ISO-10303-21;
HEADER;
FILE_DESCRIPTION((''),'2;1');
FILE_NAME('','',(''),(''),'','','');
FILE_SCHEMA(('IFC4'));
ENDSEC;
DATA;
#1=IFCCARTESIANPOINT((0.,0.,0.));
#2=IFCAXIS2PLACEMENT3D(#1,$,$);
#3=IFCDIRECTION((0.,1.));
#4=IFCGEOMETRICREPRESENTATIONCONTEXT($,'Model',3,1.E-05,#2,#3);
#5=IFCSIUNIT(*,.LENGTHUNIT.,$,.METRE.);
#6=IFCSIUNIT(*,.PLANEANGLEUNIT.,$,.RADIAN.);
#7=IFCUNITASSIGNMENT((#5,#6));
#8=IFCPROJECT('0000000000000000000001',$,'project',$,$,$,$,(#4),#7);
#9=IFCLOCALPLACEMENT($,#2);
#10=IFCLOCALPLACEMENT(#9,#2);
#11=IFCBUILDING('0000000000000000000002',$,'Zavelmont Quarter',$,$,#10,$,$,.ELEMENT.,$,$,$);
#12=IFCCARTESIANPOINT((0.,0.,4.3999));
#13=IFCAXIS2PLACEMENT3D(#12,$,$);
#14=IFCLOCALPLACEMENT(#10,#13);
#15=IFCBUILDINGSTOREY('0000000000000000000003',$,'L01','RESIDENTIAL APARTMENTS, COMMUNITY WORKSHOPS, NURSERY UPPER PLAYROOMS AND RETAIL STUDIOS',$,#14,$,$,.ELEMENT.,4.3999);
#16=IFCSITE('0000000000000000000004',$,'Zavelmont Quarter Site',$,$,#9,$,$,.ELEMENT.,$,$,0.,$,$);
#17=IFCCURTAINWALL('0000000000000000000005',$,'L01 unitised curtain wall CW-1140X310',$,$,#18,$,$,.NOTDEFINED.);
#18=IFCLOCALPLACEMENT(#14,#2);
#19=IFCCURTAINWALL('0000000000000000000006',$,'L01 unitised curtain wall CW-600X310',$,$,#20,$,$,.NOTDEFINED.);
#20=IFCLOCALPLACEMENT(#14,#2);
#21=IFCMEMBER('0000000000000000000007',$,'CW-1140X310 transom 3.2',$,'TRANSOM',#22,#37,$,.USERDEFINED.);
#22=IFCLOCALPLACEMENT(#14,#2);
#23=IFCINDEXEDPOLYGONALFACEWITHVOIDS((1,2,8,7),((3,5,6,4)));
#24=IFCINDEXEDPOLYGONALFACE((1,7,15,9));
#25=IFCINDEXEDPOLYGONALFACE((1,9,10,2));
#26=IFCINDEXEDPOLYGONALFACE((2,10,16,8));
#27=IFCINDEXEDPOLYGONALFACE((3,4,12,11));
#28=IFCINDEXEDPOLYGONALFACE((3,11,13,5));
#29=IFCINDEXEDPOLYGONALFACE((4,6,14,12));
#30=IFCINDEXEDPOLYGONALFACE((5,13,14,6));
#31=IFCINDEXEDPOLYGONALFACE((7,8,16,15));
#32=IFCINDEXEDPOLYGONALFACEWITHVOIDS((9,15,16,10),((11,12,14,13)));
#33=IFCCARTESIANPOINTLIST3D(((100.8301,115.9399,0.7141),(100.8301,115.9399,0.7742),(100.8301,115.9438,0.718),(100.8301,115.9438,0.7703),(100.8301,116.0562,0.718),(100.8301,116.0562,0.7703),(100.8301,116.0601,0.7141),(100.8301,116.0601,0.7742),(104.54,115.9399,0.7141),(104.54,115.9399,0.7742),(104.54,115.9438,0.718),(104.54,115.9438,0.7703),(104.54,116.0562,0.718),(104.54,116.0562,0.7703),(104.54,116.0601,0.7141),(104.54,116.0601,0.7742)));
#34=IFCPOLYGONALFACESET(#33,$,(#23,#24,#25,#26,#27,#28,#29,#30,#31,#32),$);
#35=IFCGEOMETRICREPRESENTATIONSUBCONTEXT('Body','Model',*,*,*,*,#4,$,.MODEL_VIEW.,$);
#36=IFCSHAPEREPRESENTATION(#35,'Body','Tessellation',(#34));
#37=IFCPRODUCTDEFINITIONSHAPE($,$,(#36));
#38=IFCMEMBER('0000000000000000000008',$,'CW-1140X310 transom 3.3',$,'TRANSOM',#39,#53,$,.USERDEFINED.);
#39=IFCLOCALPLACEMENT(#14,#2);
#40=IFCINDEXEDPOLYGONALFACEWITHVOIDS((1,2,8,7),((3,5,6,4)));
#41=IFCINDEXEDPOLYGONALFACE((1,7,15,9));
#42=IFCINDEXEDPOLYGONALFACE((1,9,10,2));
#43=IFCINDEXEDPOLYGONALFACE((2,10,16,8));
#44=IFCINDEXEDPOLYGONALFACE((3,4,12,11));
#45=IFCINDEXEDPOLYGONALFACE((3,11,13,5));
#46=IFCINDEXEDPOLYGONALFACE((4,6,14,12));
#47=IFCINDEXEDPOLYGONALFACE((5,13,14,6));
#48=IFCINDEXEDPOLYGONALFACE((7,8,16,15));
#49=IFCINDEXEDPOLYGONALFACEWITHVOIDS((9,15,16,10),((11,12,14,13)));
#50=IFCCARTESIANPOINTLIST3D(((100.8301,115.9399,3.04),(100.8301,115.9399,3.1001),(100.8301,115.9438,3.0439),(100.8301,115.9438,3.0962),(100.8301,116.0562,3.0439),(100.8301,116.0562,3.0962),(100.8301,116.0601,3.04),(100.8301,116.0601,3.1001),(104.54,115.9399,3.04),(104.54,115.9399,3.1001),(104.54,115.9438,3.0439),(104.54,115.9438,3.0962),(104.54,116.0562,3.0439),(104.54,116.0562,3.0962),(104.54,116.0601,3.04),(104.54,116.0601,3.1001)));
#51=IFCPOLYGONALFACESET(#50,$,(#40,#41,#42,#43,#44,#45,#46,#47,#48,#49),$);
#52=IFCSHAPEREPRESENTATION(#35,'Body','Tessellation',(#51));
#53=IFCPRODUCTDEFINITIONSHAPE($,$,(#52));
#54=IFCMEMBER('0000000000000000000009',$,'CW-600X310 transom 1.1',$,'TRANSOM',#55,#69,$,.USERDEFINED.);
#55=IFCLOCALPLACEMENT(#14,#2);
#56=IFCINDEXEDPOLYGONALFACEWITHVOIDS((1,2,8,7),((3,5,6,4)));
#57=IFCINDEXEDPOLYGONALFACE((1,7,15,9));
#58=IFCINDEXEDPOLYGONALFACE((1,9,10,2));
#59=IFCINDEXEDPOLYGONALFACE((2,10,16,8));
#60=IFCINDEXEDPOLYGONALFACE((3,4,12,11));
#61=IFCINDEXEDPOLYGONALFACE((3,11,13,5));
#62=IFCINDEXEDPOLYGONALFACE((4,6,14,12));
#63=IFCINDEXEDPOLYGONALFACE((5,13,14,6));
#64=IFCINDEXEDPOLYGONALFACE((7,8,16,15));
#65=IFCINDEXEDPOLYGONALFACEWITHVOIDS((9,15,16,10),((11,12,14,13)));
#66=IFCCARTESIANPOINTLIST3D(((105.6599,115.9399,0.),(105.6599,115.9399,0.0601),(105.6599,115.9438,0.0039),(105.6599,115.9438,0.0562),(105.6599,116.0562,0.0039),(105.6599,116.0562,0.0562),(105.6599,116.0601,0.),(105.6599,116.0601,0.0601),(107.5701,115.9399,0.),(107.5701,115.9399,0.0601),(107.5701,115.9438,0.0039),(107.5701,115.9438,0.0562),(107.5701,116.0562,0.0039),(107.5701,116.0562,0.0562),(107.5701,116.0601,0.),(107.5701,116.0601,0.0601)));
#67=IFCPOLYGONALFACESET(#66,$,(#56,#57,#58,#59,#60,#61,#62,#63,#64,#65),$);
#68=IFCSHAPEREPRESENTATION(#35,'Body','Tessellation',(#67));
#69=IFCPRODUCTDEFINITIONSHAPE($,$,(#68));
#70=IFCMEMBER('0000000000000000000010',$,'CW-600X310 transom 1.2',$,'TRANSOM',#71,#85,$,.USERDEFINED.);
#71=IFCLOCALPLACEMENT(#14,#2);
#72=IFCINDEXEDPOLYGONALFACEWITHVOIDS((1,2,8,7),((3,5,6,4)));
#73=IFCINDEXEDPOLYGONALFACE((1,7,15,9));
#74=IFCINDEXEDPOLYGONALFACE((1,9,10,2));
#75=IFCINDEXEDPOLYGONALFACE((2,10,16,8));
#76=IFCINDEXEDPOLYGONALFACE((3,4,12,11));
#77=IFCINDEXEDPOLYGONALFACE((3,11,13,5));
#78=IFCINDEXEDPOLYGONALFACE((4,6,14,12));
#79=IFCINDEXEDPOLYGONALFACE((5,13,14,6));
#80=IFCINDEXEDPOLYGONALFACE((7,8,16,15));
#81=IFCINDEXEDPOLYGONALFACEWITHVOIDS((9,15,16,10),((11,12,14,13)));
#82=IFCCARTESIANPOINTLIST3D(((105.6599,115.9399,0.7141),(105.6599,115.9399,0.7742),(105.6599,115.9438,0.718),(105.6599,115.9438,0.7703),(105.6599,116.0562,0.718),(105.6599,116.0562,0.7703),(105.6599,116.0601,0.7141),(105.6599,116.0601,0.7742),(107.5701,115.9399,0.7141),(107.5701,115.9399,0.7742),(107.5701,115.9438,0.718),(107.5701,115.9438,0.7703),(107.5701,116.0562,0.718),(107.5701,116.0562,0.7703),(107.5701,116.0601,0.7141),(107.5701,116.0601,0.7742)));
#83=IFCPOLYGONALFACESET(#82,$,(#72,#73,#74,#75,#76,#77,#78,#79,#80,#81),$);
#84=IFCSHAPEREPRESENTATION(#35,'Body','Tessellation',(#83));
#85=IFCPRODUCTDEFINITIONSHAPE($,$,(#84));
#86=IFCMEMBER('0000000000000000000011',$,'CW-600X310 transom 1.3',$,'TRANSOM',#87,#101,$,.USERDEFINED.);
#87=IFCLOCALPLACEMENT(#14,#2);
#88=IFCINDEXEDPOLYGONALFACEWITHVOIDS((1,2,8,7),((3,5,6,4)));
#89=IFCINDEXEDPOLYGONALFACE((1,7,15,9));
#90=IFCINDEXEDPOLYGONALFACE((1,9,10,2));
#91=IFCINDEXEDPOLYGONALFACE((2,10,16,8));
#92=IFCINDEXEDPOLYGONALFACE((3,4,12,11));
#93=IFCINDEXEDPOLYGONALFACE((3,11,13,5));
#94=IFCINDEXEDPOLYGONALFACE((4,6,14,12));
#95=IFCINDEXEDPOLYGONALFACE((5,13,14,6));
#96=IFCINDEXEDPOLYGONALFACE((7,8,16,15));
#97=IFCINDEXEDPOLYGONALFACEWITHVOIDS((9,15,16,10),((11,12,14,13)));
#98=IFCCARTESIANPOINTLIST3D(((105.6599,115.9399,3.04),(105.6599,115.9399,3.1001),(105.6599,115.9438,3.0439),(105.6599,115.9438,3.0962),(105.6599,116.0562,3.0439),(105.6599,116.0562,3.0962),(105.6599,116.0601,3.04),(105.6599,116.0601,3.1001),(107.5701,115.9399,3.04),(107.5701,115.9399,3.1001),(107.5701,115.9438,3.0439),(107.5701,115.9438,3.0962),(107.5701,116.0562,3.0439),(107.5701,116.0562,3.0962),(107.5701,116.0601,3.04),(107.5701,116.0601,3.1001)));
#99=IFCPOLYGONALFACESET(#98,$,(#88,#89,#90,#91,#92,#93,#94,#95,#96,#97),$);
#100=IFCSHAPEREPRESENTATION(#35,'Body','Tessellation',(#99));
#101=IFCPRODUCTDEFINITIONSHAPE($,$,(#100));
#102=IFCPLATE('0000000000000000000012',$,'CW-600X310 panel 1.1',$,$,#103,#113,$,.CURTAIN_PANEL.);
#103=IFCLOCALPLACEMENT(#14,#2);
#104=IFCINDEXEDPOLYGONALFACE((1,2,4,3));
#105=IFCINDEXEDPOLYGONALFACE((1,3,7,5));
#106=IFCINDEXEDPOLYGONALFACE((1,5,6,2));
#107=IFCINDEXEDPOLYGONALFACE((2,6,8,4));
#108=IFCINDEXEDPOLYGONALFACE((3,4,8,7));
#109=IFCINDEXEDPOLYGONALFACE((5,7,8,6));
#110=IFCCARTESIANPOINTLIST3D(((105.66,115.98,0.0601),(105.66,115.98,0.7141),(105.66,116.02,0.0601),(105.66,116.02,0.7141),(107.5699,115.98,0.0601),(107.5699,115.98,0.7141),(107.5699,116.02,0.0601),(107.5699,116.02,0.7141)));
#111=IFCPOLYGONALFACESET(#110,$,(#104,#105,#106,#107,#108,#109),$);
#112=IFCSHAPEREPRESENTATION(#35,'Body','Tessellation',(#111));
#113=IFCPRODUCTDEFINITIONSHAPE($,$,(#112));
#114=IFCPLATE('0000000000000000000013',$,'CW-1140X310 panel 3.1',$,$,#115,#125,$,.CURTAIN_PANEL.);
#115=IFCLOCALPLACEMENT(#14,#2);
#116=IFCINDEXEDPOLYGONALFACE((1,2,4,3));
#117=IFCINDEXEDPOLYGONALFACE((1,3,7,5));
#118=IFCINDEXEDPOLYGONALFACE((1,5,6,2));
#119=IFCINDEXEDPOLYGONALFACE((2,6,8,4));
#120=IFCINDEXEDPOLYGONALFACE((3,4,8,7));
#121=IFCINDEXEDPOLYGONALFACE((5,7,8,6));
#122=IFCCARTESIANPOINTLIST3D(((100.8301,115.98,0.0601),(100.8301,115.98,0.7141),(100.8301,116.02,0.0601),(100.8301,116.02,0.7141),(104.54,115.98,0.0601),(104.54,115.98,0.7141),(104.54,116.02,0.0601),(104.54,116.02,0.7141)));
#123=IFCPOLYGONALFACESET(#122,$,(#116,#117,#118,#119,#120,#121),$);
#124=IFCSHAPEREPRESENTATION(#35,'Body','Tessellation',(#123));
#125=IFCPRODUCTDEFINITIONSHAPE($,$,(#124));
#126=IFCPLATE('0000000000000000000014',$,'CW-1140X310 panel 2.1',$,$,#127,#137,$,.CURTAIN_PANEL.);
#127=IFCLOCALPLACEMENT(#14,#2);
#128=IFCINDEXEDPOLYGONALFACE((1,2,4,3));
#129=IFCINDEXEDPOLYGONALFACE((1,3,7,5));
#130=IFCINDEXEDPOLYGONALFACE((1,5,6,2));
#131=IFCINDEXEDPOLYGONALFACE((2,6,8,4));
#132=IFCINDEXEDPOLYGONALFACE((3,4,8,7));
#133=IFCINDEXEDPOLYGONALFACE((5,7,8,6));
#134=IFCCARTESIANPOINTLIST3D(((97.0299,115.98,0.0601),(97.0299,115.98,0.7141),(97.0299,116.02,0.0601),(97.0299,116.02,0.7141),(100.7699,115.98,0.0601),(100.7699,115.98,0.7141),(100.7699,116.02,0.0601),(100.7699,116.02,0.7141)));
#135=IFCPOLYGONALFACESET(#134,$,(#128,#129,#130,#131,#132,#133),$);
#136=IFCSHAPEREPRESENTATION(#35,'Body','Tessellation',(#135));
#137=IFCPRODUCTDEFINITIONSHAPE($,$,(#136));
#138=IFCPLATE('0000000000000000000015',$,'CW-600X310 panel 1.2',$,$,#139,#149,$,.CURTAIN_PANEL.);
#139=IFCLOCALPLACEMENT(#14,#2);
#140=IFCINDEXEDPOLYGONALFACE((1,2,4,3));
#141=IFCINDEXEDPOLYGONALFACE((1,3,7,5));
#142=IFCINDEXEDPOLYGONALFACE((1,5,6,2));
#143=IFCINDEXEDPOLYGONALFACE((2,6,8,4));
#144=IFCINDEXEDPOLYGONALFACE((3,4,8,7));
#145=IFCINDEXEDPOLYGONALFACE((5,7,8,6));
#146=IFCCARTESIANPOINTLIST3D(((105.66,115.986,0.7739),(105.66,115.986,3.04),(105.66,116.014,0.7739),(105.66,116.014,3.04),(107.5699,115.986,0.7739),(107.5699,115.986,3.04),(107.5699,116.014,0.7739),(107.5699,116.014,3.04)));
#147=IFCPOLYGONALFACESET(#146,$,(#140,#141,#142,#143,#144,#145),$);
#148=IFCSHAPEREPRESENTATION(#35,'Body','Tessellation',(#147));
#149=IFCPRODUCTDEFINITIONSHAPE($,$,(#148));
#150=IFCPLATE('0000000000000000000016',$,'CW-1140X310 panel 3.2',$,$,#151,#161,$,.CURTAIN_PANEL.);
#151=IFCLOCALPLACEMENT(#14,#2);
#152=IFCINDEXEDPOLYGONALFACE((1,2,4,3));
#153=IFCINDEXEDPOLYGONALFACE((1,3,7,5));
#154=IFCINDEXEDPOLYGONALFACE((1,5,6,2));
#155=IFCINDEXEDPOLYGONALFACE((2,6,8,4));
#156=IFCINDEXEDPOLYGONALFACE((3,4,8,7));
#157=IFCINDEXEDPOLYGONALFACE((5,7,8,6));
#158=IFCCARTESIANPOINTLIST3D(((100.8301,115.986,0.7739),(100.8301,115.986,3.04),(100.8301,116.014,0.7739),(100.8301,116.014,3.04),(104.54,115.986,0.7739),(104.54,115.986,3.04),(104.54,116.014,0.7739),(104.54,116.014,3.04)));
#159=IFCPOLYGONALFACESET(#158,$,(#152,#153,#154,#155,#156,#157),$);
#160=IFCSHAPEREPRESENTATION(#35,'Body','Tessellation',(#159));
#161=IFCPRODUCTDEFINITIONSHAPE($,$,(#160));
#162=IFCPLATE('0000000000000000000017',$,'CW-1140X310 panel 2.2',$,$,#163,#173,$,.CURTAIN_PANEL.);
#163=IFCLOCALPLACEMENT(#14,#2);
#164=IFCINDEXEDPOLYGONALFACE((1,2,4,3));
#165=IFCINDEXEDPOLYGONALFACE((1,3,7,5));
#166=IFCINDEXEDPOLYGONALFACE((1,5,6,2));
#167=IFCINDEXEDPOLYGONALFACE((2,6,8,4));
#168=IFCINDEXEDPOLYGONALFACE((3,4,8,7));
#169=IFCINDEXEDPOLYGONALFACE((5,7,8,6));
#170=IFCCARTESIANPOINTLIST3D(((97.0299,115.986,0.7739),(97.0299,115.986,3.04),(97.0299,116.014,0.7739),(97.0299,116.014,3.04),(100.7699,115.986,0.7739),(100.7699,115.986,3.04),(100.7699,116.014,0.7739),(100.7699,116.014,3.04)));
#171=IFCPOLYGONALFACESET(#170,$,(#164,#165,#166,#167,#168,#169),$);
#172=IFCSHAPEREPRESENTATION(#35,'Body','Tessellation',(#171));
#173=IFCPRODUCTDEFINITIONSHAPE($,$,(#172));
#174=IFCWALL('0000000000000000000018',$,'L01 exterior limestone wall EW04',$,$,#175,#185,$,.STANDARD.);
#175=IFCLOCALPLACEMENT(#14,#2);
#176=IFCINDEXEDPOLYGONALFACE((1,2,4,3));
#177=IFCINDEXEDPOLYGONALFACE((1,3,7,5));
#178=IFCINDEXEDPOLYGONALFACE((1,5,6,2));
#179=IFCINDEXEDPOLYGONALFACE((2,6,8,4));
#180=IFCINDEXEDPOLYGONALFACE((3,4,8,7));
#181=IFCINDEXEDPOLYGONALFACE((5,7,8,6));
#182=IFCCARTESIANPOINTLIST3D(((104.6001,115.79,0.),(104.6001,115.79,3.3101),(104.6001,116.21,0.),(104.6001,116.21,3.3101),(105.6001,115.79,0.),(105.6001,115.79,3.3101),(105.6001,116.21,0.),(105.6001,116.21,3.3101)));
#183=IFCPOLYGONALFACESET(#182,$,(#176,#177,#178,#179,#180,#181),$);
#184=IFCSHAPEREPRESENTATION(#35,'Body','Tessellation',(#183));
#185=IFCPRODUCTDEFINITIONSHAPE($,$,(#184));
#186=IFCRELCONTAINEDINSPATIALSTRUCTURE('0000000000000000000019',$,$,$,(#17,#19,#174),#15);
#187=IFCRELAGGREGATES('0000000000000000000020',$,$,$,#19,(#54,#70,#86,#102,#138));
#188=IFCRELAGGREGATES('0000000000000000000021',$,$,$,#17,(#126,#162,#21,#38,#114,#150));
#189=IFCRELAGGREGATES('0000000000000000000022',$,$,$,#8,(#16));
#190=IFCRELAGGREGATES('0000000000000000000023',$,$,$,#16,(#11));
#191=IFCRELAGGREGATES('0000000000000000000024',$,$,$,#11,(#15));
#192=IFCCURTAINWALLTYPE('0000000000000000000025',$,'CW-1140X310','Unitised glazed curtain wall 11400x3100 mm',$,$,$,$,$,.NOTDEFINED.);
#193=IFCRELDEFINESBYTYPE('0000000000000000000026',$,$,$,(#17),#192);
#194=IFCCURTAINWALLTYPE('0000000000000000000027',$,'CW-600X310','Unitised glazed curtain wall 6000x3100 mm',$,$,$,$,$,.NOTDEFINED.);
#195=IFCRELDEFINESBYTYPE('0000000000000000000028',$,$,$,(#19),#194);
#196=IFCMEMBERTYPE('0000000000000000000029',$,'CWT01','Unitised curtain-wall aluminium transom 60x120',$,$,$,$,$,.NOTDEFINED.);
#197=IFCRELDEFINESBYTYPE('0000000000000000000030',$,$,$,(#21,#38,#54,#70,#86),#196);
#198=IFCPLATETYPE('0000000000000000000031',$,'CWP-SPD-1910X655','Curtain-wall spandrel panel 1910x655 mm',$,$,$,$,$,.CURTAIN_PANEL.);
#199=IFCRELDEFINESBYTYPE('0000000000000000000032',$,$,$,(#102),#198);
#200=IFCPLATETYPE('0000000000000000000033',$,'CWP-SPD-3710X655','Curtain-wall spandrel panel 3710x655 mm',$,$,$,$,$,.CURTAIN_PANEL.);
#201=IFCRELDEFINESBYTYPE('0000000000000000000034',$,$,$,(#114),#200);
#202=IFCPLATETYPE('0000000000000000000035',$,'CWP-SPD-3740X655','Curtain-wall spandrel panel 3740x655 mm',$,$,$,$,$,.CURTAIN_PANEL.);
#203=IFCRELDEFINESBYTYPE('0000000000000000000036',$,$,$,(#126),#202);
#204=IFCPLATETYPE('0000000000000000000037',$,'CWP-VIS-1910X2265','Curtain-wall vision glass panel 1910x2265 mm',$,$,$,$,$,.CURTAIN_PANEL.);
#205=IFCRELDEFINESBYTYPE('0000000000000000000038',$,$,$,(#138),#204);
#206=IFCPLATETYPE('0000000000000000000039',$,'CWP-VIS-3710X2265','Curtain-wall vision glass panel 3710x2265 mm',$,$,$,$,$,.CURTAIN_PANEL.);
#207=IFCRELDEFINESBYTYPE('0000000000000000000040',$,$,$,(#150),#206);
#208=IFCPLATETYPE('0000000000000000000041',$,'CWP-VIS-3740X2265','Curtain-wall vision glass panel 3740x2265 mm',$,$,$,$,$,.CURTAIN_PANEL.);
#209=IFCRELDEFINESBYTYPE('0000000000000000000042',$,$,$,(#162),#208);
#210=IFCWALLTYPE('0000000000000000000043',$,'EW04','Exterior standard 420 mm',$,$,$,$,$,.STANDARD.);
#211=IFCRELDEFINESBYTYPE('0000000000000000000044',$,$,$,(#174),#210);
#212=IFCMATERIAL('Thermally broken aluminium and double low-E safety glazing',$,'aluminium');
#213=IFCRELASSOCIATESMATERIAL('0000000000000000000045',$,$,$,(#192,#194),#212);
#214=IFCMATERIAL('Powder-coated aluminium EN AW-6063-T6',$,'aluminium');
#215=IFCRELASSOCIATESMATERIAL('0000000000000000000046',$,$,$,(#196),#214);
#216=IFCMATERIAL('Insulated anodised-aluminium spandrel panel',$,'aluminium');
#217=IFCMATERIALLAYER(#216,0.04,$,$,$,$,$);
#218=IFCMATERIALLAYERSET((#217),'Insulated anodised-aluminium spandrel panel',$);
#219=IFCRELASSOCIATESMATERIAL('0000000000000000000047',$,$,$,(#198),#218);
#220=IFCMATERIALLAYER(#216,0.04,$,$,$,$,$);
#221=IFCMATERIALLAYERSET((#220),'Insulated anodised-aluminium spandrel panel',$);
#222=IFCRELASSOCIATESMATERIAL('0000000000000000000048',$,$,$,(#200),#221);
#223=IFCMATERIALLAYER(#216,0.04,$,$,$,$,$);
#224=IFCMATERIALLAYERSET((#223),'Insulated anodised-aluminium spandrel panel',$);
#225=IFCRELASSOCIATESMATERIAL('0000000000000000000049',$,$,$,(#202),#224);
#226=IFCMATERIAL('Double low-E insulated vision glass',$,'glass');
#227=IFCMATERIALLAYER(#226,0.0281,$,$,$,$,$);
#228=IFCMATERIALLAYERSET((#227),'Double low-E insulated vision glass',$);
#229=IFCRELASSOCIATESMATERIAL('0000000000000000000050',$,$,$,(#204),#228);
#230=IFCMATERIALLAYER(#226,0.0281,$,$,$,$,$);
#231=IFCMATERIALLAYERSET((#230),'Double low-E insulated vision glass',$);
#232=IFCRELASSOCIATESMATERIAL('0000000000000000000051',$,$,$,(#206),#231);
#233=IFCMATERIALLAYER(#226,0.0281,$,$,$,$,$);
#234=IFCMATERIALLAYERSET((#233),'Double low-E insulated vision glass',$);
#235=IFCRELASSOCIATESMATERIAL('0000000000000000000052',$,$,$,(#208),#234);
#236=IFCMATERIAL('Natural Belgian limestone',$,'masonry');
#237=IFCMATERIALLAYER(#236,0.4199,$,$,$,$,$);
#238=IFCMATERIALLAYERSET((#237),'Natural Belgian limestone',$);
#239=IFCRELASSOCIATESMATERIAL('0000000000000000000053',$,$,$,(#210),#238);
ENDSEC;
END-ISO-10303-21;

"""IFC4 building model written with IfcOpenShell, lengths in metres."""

from ifc_helpers import new_model, si_unit, direction, frame, frame_2d, origin, origin_2d, place, context, subcontext, project, spatial, rectangle, hollow_rectangle, extrude, material, layer, layer_set, material_profile, profile_set, type_object, element, aggregate, save


model = new_model("IFC4")

# Units and contexts
model_context = context("Model", 3, precision=1e-05, world=origin(), true_north=direction((0.0, 1.0)))
body_context = subcontext(model_context, "Body", "Model", "MODEL_VIEW")
ifc_project = project(units=[si_unit("LENGTHUNIT", "METRE"), si_unit("PLANEANGLEUNIT", "RADIAN")], contexts=[model_context])

# Site, building, storey
site_placement = place(None, origin())
site = spatial("IfcSite", under=ifc_project, at=site_placement, Name="Zavelmont Quarter Site", CompositionType="ELEMENT", RefElevation=0.0)
building_placement = place(site_placement, origin())
building = spatial("IfcBuilding", under=site, at=building_placement, Name="Zavelmont Quarter", CompositionType="ELEMENT")
storey_placement = place(building_placement, frame((0.0, 0.0, 4.3999)))
storey = spatial("IfcBuildingStorey", under=building, at=storey_placement, Name="L01", Description="RESIDENTIAL APARTMENTS, COMMUNITY WORKSHOPS, NURSERY UPPER PLAYROOMS AND RETAIL STUDIOS", CompositionType="ELEMENT", Elevation=4.3999)

# Curtain wall
ifc_material_1 = material(Name="Thermally broken aluminium and double low-E safety glazing", Category="aluminium")
curtain_wall_type_1 = type_object("IfcCurtainWallType", Name="CW-1140X310", Description="Unitised glazed curtain wall 11400x3100 mm", PredefinedType="NOTDEFINED", material=ifc_material_1)
curtain_wall_1_placement = place(storey_placement, origin())
curtain_wall_1 = element("IfcCurtainWall", 1, at=curtain_wall_1_placement, inside=storey, type_object=curtain_wall_type_1, Name="L01 unitised curtain wall CW-1140X310", PredefinedType="NOTDEFINED")
ifc_material_2 = material(Name="Powder-coated aluminium EN AW-6063-T6", Category="aluminium")

# Curtain wall
curtain_wall_type_2 = type_object("IfcCurtainWallType", Name="CW-600X310", Description="Unitised glazed curtain wall 6000x3100 mm", PredefinedType="NOTDEFINED", material=ifc_material_1)
curtain_wall_2_placement = place(storey_placement, origin())
curtain_wall_2 = element("IfcCurtainWall", 2, at=curtain_wall_2_placement, inside=storey, type_object=curtain_wall_type_2, Name="L01 unitised curtain wall CW-600X310", PredefinedType="NOTDEFINED")

# Members
ifc_material_profile_1 = material_profile(ifc_material_2, hollow_rectangle(XDim=0.1201, YDim=0.0601, WallThickness=0.0039, at=origin_2d()), Name="CWT60X120")
ifc_profile_set_1 = profile_set([ifc_material_profile_1], Name="Powder-coated aluminium EN AW-6063-T6")
member_type_1 = type_object("IfcMemberType", Name="CWT01", Description="Unitised curtain-wall aluminium transom 60x120", PredefinedType="NOTDEFINED", material=ifc_profile_set_1)
member_1_placement = place(storey_placement, frame((100.8301, 116.0, 0.7441), z_axis=(1.0, 0.0, 0.0), x_axis=(0.0, 1.0, 0.0)))
member_1 = element("IfcMember", 3, at=member_1_placement, type_object=member_type_1, Name="CW-1140X310 transom 3.2", ObjectType="TRANSOM", PredefinedType="USERDEFINED", context=body_context, shape_type="SweptSolid", body=[
    extrude(hollow_rectangle(XDim=0.1201, YDim=0.0601, WallThickness=0.0039, at=origin_2d()), origin(), (0.0, 0.0, 1.0), 3.71),
])
member_2_placement = place(storey_placement, frame((100.8301, 116.0, 3.0701), z_axis=(1.0, 0.0, 0.0), x_axis=(0.0, 1.0, 0.0)))
member_2 = element("IfcMember", 4, at=member_2_placement, type_object=member_type_1, Name="CW-1140X310 transom 3.3", ObjectType="TRANSOM", PredefinedType="USERDEFINED", context=body_context, shape_type="SweptSolid", body=[
    extrude(hollow_rectangle(XDim=0.1201, YDim=0.0601, WallThickness=0.0039, at=origin_2d()), origin(), (0.0, 0.0, 1.0), 3.71),
])
member_3_placement = place(storey_placement, frame((105.6599, 116.0, 0.03), z_axis=(1.0, 0.0, 0.0), x_axis=(0.0, 1.0, 0.0)))
member_3 = element("IfcMember", 5, at=member_3_placement, type_object=member_type_1, Name="CW-600X310 transom 1.1", ObjectType="TRANSOM", PredefinedType="USERDEFINED", context=body_context, shape_type="SweptSolid", body=[
    extrude(hollow_rectangle(XDim=0.1201, YDim=0.0601, WallThickness=0.0039, at=origin_2d()), origin(), (0.0, 0.0, 1.0), 1.9102),
])
member_4_placement = place(storey_placement, frame((105.6599, 116.0, 0.7441), z_axis=(1.0, 0.0, 0.0), x_axis=(0.0, 1.0, 0.0)))
member_4 = element("IfcMember", 6, at=member_4_placement, type_object=member_type_1, Name="CW-600X310 transom 1.2", ObjectType="TRANSOM", PredefinedType="USERDEFINED", context=body_context, shape_type="SweptSolid", body=[
    extrude(hollow_rectangle(XDim=0.1201, YDim=0.0601, WallThickness=0.0039, at=origin_2d()), origin(), (0.0, 0.0, 1.0), 1.9102),
])
member_5_placement = place(storey_placement, frame((105.6599, 116.0, 3.0701), z_axis=(1.0, 0.0, 0.0), x_axis=(0.0, 1.0, 0.0)))
member_5 = element("IfcMember", 7, at=member_5_placement, type_object=member_type_1, Name="CW-600X310 transom 1.3", ObjectType="TRANSOM", PredefinedType="USERDEFINED", context=body_context, shape_type="SweptSolid", body=[
    extrude(hollow_rectangle(XDim=0.1201, YDim=0.0601, WallThickness=0.0039, at=origin_2d()), origin(), (0.0, 0.0, 1.0), 1.9102),
])

# Plates
ifc_material_3 = material(Name="Insulated anodised-aluminium spandrel panel", Category="aluminium")
ifc_layer_1 = layer(ifc_material_3, 0.04)
ifc_layer_set_1 = layer_set([ifc_layer_1], Name="Insulated anodised-aluminium spandrel panel")
plate_type_1 = type_object("IfcPlateType", Name="CWP-SPD-1910X655", Description="Curtain-wall spandrel panel 1910x655 mm", PredefinedType="CURTAIN_PANEL", material=ifc_layer_set_1)
plate_1_placement = place(storey_placement, frame((106.615, 116.0, 0.0601), z_axis=(0.0, 0.0, 1.0), x_axis=(1.0, 0.0, 0.0)))
plate_1 = element("IfcPlate", 8, at=plate_1_placement, type_object=plate_type_1, Name="CW-600X310 panel 1.1", PredefinedType="CURTAIN_PANEL", context=body_context, shape_type="SweptSolid", body=[
    extrude(rectangle(XDim=1.9099, YDim=0.04, at=origin_2d()), origin(), (0.0, 0.0, 1.0), 0.6541),
])
ifc_layer_2 = layer(ifc_material_3, 0.04)
ifc_layer_set_2 = layer_set([ifc_layer_2], Name="Insulated anodised-aluminium spandrel panel")
plate_type_2 = type_object("IfcPlateType", Name="CWP-SPD-3710X655", Description="Curtain-wall spandrel panel 3710x655 mm", PredefinedType="CURTAIN_PANEL", material=ifc_layer_set_2)
plate_2_placement = place(storey_placement, frame((102.6851, 116.0, 0.0601), z_axis=(0.0, 0.0, 1.0), x_axis=(1.0, 0.0, 0.0)))
plate_2 = element("IfcPlate", 9, at=plate_2_placement, type_object=plate_type_2, Name="CW-1140X310 panel 3.1", PredefinedType="CURTAIN_PANEL", context=body_context, shape_type="SweptSolid", body=[
    extrude(rectangle(XDim=3.71, YDim=0.04, at=origin_2d()), origin(), (0.0, 0.0, 1.0), 0.6541),
])
ifc_layer_3 = layer(ifc_material_3, 0.04)
ifc_layer_set_3 = layer_set([ifc_layer_3], Name="Insulated anodised-aluminium spandrel panel")
plate_type_3 = type_object("IfcPlateType", Name="CWP-SPD-3740X655", Description="Curtain-wall spandrel panel 3740x655 mm", PredefinedType="CURTAIN_PANEL", material=ifc_layer_set_3)
plate_3_placement = place(storey_placement, frame((98.8999, 116.0, 0.0601), z_axis=(0.0, 0.0, 1.0), x_axis=(1.0, 0.0, 0.0)))
plate_3 = element("IfcPlate", 10, at=plate_3_placement, type_object=plate_type_3, Name="CW-1140X310 panel 2.1", PredefinedType="CURTAIN_PANEL", context=body_context, shape_type="SweptSolid", body=[
    extrude(rectangle(XDim=3.74, YDim=0.04, at=origin_2d()), origin(), (0.0, 0.0, 1.0), 0.6541),
])
ifc_material_4 = material(Name="Double low-E insulated vision glass", Category="glass")
ifc_layer_4 = layer(ifc_material_4, 0.0281)
ifc_layer_set_4 = layer_set([ifc_layer_4], Name="Double low-E insulated vision glass")
plate_type_4 = type_object("IfcPlateType", Name="CWP-VIS-1910X2265", Description="Curtain-wall vision glass panel 1910x2265 mm", PredefinedType="CURTAIN_PANEL", material=ifc_layer_set_4)
plate_4_placement = place(storey_placement, frame((106.615, 116.0, 0.7739), z_axis=(0.0, 0.0, 1.0), x_axis=(1.0, 0.0, 0.0)))
plate_4 = element("IfcPlate", 11, at=plate_4_placement, type_object=plate_type_4, Name="CW-600X310 panel 1.2", PredefinedType="CURTAIN_PANEL", context=body_context, shape_type="SweptSolid", body=[
    extrude(rectangle(XDim=1.9099, YDim=0.0281, at=origin_2d()), origin(), (0.0, 0.0, 1.0), 2.2661),
])
aggregate(curtain_wall_2, [member_3, member_4, member_5, plate_1, plate_4])
ifc_layer_5 = layer(ifc_material_4, 0.0281)
ifc_layer_set_5 = layer_set([ifc_layer_5], Name="Double low-E insulated vision glass")
plate_type_5 = type_object("IfcPlateType", Name="CWP-VIS-3710X2265", Description="Curtain-wall vision glass panel 3710x2265 mm", PredefinedType="CURTAIN_PANEL", material=ifc_layer_set_5)
plate_5_placement = place(storey_placement, frame((102.6851, 116.0, 0.7739), z_axis=(0.0, 0.0, 1.0), x_axis=(1.0, 0.0, 0.0)))
plate_5 = element("IfcPlate", 12, at=plate_5_placement, type_object=plate_type_5, Name="CW-1140X310 panel 3.2", PredefinedType="CURTAIN_PANEL", context=body_context, shape_type="SweptSolid", body=[
    extrude(rectangle(XDim=3.71, YDim=0.0281, at=origin_2d()), origin(), (0.0, 0.0, 1.0), 2.2661),
])
ifc_layer_6 = layer(ifc_material_4, 0.0281)
ifc_layer_set_6 = layer_set([ifc_layer_6], Name="Double low-E insulated vision glass")
plate_type_6 = type_object("IfcPlateType", Name="CWP-VIS-3740X2265", Description="Curtain-wall vision glass panel 3740x2265 mm", PredefinedType="CURTAIN_PANEL", material=ifc_layer_set_6)
plate_6_placement = place(storey_placement, frame((98.8999, 116.0, 0.7739), z_axis=(0.0, 0.0, 1.0), x_axis=(1.0, 0.0, 0.0)))
plate_6 = element("IfcPlate", 13, at=plate_6_placement, type_object=plate_type_6, Name="CW-1140X310 panel 2.2", PredefinedType="CURTAIN_PANEL", context=body_context, shape_type="SweptSolid", body=[
    extrude(rectangle(XDim=3.74, YDim=0.0281, at=origin_2d()), origin(), (0.0, 0.0, 1.0), 2.2661),
])
aggregate(curtain_wall_1, [plate_3, plate_6, member_1, member_2, plate_2, plate_5])

# Wall
ifc_material_5 = material(Name="Natural Belgian limestone", Category="masonry")
ifc_layer_7 = layer(ifc_material_5, 0.4199)
ifc_layer_set_7 = layer_set([ifc_layer_7], Name="Natural Belgian limestone")
wall_type = type_object("IfcWallType", Name="EW04", Description="Exterior standard 420 mm", PredefinedType="STANDARD", material=ifc_layer_set_7)
wall_placement = place(storey_placement, frame((104.6001, 116.0, 0.0), z_axis=(0.0, 0.0, 1.0), x_axis=(1.0, 0.0, 0.0)))
element("IfcWall", 14, at=wall_placement, inside=storey, type_object=wall_type, Name="L01 exterior limestone wall EW04", PredefinedType="STANDARD", context=body_context, shape_type="SweptSolid", body=[
    extrude(rectangle(XDim=1.0, YDim=0.4199, at=frame_2d((0.5, 0.0))), origin(), (0.0, 0.0, 1.0), 3.3101),
])

save(model, "model.ifc")
